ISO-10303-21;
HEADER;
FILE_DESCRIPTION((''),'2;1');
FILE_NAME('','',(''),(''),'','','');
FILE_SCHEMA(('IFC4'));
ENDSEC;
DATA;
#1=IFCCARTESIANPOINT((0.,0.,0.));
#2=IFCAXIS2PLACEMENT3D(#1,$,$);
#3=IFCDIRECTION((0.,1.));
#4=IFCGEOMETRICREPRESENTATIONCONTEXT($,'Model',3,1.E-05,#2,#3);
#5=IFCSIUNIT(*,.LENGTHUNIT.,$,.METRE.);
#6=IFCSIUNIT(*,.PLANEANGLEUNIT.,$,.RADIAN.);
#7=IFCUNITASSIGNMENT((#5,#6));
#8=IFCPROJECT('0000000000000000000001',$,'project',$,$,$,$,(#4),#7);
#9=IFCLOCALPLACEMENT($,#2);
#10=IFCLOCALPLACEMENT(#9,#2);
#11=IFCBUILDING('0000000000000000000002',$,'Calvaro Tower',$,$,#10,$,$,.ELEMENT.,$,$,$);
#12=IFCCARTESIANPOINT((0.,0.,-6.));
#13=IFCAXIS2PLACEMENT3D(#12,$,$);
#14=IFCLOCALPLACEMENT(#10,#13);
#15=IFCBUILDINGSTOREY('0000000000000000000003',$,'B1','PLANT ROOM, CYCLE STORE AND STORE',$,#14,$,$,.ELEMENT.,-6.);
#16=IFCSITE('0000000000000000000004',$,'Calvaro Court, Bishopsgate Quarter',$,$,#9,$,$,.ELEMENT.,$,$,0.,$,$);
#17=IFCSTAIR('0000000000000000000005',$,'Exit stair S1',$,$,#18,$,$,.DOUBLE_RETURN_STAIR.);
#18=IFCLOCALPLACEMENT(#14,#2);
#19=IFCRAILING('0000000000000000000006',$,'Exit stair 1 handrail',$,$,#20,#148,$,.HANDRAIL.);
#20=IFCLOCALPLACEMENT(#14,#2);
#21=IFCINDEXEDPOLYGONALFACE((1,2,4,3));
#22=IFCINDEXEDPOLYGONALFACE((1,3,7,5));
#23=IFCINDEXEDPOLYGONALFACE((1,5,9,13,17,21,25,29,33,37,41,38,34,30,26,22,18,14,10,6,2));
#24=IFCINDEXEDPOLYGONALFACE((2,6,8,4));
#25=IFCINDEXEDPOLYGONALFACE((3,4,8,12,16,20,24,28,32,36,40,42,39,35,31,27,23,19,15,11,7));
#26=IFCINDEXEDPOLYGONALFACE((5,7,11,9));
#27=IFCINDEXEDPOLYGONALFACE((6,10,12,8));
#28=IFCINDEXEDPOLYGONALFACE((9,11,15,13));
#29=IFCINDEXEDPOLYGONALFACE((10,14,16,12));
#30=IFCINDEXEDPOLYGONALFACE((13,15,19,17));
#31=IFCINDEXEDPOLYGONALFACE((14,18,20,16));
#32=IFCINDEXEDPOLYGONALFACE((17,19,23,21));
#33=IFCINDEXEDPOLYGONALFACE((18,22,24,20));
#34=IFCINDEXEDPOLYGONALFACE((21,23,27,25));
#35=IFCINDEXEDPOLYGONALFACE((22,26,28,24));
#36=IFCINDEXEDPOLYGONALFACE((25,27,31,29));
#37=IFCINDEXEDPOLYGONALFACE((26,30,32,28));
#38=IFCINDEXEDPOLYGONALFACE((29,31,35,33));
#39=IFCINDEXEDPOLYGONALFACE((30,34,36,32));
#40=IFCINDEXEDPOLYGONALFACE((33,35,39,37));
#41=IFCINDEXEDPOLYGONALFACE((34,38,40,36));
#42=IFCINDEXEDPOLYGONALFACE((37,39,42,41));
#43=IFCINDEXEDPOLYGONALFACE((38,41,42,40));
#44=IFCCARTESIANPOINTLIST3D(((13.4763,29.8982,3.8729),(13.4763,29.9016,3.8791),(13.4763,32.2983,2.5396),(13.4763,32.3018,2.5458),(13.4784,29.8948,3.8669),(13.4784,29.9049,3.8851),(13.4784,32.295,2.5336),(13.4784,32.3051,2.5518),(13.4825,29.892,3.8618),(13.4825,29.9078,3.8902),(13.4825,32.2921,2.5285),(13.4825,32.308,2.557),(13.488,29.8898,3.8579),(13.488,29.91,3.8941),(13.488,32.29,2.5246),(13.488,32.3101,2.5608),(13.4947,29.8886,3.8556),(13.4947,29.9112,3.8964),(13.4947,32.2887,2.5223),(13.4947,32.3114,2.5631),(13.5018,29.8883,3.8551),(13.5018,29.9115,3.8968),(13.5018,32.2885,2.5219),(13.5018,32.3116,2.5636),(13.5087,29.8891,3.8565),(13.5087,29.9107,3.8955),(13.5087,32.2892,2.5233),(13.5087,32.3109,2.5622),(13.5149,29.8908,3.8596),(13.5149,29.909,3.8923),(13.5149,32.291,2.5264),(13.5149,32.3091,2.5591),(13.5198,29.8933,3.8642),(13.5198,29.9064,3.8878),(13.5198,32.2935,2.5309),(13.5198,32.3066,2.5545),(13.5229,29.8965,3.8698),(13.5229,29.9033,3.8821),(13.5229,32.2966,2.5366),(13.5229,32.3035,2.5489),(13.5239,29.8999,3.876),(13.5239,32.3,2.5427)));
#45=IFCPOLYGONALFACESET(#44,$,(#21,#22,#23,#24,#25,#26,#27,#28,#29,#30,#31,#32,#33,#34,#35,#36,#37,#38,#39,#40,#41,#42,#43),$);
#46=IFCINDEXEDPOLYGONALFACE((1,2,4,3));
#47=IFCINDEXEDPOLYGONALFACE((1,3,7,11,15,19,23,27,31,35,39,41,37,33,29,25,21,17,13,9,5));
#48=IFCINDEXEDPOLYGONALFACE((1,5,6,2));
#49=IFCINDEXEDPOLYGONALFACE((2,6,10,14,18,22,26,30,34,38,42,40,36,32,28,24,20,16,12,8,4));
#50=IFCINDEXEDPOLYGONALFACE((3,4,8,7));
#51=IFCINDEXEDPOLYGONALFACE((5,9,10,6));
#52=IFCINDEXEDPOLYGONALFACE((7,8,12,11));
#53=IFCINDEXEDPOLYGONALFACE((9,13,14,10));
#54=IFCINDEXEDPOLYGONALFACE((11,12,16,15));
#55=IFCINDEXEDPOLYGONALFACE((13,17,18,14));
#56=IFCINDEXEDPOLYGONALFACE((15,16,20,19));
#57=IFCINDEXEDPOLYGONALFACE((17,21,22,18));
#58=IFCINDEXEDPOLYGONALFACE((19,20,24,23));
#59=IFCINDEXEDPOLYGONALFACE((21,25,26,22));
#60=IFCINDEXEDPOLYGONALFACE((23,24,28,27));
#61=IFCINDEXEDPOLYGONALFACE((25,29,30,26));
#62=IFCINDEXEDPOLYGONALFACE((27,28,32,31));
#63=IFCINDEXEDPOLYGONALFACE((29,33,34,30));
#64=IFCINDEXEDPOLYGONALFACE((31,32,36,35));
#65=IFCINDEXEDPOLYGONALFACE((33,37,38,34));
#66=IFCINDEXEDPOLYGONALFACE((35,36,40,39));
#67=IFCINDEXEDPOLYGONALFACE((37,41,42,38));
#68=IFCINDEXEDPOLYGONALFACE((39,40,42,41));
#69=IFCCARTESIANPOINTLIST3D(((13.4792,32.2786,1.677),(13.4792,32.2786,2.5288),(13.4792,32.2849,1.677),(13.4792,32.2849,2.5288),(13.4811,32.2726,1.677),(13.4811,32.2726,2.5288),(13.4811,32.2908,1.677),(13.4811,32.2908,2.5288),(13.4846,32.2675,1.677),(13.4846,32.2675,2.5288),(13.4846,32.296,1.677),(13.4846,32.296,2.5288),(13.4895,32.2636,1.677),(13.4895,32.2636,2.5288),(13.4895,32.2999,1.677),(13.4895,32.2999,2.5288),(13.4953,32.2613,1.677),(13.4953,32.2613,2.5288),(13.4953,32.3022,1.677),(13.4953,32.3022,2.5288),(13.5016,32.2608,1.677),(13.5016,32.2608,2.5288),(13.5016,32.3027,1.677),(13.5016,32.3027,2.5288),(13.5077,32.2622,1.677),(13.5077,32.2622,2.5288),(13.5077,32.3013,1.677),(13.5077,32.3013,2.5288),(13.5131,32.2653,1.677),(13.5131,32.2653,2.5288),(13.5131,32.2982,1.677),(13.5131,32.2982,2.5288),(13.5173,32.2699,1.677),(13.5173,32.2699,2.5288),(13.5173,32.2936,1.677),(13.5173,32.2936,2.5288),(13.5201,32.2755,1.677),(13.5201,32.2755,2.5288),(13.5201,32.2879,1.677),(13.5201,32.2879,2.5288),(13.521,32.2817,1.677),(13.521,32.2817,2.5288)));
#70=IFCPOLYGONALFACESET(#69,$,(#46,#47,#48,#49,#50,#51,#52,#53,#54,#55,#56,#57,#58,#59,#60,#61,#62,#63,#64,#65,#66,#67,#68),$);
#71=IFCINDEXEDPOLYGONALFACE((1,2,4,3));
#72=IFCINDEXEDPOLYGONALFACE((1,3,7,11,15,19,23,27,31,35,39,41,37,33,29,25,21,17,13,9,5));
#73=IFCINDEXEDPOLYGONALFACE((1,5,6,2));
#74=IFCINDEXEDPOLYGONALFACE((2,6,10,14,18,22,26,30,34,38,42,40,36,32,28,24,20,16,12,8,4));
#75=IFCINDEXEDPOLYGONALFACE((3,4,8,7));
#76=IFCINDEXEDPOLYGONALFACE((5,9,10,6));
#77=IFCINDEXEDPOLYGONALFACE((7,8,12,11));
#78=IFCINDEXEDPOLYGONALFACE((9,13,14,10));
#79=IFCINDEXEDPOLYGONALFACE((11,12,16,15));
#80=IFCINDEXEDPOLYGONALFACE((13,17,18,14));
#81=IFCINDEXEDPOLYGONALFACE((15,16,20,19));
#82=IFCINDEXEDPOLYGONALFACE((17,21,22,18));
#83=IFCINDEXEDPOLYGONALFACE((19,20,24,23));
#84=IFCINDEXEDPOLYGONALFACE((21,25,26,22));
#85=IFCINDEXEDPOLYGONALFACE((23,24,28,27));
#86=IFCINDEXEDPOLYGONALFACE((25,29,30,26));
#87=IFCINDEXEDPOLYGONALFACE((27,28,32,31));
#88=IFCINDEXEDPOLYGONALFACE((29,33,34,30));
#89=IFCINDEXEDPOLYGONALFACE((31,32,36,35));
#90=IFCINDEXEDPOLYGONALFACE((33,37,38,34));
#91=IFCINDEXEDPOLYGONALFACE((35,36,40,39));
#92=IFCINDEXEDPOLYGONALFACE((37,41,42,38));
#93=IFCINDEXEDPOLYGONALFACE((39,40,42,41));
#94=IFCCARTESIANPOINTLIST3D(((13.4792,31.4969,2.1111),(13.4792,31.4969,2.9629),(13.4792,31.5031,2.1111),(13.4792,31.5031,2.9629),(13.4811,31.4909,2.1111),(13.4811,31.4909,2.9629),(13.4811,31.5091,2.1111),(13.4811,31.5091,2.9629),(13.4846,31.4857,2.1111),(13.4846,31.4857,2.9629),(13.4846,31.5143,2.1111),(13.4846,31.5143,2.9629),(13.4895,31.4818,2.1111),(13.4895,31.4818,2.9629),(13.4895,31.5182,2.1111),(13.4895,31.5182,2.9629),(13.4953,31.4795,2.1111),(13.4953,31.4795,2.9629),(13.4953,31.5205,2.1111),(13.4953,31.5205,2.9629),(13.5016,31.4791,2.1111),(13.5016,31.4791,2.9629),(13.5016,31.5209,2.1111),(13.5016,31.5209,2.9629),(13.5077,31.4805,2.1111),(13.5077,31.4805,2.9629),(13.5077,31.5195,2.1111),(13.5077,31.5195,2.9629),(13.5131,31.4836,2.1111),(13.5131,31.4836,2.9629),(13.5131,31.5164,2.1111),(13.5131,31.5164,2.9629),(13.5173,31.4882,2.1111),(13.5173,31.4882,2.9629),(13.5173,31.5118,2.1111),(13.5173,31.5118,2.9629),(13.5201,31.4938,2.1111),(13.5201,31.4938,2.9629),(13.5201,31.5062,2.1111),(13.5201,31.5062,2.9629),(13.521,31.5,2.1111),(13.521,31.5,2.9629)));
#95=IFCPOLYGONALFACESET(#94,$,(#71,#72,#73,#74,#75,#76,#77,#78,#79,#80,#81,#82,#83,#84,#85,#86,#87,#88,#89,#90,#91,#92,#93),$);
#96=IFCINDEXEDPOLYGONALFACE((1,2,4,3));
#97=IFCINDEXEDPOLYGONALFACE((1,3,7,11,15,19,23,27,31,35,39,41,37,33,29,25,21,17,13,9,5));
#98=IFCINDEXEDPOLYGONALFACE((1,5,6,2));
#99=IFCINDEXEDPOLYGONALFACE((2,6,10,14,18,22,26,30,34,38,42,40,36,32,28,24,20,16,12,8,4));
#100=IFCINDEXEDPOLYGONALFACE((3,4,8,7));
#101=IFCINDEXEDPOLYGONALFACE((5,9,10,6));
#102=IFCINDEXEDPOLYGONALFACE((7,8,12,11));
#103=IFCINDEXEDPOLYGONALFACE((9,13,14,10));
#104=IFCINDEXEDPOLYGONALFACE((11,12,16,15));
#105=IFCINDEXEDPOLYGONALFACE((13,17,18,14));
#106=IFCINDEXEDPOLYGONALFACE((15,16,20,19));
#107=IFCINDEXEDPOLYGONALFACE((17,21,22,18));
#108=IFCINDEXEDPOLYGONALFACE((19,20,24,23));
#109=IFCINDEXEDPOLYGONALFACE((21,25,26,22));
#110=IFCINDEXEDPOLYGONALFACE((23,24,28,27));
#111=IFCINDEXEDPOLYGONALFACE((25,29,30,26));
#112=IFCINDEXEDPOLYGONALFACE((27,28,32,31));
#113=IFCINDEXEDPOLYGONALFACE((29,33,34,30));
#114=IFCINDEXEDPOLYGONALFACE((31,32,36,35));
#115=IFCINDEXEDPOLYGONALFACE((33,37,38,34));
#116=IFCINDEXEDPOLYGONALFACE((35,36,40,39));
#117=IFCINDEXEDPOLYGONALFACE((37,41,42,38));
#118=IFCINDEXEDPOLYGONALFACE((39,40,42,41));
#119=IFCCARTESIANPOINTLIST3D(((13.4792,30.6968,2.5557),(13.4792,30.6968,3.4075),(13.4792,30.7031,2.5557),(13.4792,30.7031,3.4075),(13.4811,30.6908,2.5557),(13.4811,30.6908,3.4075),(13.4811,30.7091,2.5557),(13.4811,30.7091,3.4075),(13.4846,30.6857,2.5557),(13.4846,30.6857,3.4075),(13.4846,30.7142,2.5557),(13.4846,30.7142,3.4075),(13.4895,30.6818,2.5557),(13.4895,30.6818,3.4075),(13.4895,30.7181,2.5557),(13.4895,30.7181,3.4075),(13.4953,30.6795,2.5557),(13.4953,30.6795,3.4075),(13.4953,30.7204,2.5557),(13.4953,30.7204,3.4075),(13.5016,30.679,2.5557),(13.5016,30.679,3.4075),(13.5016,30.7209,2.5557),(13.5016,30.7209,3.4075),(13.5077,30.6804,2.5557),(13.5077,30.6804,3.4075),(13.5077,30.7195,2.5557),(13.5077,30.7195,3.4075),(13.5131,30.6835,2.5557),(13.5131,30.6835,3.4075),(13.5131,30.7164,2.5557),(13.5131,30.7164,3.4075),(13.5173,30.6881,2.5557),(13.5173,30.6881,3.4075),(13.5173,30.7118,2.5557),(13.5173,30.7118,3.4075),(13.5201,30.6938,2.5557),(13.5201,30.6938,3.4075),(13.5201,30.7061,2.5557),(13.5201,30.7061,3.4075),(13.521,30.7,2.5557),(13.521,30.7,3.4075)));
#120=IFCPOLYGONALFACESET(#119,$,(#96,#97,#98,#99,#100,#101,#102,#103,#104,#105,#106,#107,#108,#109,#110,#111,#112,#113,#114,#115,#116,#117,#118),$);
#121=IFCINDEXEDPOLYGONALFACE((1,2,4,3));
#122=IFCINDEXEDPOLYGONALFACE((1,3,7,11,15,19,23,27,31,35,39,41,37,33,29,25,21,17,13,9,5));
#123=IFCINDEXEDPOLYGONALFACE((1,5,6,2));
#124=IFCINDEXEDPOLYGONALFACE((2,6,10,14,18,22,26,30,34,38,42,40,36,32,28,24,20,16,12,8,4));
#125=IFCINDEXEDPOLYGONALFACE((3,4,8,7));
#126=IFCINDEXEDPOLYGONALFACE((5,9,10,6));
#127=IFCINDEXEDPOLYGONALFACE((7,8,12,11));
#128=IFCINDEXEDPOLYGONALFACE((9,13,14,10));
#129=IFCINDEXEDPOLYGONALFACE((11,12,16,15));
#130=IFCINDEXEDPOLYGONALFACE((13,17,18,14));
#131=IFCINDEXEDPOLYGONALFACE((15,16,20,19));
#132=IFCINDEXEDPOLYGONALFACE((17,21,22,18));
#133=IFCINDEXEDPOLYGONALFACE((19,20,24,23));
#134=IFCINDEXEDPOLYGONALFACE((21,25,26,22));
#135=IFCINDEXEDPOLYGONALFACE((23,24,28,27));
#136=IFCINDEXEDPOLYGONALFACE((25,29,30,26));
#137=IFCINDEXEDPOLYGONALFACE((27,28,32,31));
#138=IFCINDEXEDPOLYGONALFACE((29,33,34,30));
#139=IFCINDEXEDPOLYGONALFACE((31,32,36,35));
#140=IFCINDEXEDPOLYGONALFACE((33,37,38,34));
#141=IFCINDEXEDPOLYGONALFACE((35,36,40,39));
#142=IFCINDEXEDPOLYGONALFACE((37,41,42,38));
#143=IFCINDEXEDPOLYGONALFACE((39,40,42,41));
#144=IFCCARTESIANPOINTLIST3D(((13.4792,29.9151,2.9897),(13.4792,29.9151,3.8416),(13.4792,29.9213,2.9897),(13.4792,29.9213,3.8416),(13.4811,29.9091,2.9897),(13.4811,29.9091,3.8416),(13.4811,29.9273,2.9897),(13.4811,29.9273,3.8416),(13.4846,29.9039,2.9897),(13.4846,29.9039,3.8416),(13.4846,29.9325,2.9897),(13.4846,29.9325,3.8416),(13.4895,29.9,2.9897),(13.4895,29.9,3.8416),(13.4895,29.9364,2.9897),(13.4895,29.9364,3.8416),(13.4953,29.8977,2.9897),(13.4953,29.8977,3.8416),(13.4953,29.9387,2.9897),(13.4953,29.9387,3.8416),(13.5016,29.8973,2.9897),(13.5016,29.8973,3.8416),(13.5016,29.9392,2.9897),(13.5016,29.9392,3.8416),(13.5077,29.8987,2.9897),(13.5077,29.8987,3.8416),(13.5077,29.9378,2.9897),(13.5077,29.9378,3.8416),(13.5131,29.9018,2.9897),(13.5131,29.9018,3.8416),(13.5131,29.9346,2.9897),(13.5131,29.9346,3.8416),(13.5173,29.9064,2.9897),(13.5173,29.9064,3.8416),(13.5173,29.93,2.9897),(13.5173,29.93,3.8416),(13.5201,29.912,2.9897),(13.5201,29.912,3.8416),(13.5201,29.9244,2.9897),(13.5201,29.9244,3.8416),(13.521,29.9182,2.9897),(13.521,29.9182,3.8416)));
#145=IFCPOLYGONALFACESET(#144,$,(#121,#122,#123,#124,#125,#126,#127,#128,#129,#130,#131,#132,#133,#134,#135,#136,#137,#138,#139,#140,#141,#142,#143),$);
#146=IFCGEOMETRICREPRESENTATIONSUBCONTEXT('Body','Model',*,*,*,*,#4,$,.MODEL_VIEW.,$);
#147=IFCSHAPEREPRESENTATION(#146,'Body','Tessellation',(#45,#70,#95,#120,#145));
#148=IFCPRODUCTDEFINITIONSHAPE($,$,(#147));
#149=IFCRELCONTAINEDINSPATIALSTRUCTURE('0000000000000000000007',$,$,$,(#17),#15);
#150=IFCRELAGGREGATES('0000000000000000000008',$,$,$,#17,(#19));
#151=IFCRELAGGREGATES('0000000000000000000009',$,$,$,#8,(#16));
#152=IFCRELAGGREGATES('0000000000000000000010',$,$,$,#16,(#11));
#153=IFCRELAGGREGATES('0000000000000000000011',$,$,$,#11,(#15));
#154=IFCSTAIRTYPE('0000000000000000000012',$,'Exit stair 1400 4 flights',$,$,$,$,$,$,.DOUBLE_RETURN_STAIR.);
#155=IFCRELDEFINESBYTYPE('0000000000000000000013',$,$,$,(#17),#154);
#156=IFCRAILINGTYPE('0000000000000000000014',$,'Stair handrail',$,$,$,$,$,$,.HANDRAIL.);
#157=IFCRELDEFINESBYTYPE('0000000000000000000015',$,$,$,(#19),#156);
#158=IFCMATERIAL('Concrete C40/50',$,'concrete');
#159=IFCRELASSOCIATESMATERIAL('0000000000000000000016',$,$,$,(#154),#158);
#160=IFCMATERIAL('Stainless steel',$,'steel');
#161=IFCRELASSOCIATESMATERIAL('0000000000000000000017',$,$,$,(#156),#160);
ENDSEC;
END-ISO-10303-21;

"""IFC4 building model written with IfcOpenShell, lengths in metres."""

from ifc_helpers import new_model, si_unit, direction, frame, origin, origin_2d, place, context, subcontext, project, spatial, circle, extrude, material, type_object, element, aggregate, save


model = new_model("IFC4")

# Units and contexts
model_context = context("Model", 3, precision=1e-05, world=origin(), true_north=direction((0.0, 1.0)))
body_context = subcontext(model_context, "Body", "Model", "MODEL_VIEW")
ifc_project = project(units=[si_unit("LENGTHUNIT", "METRE"), si_unit("PLANEANGLEUNIT", "RADIAN")], contexts=[model_context])

# Site, building, storey
site_placement = place(None, origin())
site = spatial("IfcSite", under=ifc_project, at=site_placement, Name="Calvaro Court, Bishopsgate Quarter", CompositionType="ELEMENT", RefElevation=0.0)
building_placement = place(site_placement, origin())
building = spatial("IfcBuilding", under=site, at=building_placement, Name="Calvaro Tower", CompositionType="ELEMENT")
storey_placement = place(building_placement, frame((0.0, 0.0, -6.0)))
storey = spatial("IfcBuildingStorey", under=building, at=storey_placement, Name="B1", Description="PLANT ROOM, CYCLE STORE AND STORE", CompositionType="ELEMENT", Elevation=-6.0)

# Stair, railing
ifc_material_1 = material(Name="Concrete C40/50", Category="concrete")
stair_type = type_object("IfcStairType", Name="Exit stair 1400 4 flights", PredefinedType="DOUBLE_RETURN_STAIR", material=ifc_material_1)
stair_placement = place(storey_placement, origin())
stair = element("IfcStair", 1, at=stair_placement, inside=storey, type_object=stair_type, Name="Exit stair S1", PredefinedType="DOUBLE_RETURN_STAIR")
ifc_material_2 = material(Name="Stainless steel", Category="steel")
railing_type = type_object("IfcRailingType", Name="Stair handrail", PredefinedType="HANDRAIL", material=ifc_material_2)
railing_1_placement = place(storey_placement, frame((13.5, 32.3, 1.6667)))
railing_1 = element("IfcRailing", 2, at=railing_1_placement, type_object=railing_type, Name="Exit stair 1 handrail", PredefinedType="HANDRAIL", context=body_context, shape_type="SweptSolid", body=[
    extrude(circle(Radius=0.0239, at=origin_2d()), frame((0.0, 0.0, 0.876), z_axis=(0.0, -0.874182, 0.485598), x_axis=(1.0, 0.0, 0.0)), (0.0, 0.0, 1.0), 2.7456),
    extrude(circle(Radius=0.021, at=origin_2d()), frame((0.0, -0.0183, 0.0103)), (0.0, 0.0, 1.0), 0.8518),
    extrude(circle(Radius=0.021, at=origin_2d()), frame((0.0, -0.8, 0.4443)), (0.0, 0.0, 1.0), 0.8518),
    extrude(circle(Radius=0.021, at=origin_2d()), frame((0.0, -1.6001, 0.8889)), (0.0, 0.0, 1.0), 0.8518),
    extrude(circle(Radius=0.021, at=origin_2d()), frame((0.0, -2.3818, 1.323)), (0.0, 0.0, 1.0), 0.8518),
])
aggregate(stair, [railing_1])

save(model, "model.ifc")
